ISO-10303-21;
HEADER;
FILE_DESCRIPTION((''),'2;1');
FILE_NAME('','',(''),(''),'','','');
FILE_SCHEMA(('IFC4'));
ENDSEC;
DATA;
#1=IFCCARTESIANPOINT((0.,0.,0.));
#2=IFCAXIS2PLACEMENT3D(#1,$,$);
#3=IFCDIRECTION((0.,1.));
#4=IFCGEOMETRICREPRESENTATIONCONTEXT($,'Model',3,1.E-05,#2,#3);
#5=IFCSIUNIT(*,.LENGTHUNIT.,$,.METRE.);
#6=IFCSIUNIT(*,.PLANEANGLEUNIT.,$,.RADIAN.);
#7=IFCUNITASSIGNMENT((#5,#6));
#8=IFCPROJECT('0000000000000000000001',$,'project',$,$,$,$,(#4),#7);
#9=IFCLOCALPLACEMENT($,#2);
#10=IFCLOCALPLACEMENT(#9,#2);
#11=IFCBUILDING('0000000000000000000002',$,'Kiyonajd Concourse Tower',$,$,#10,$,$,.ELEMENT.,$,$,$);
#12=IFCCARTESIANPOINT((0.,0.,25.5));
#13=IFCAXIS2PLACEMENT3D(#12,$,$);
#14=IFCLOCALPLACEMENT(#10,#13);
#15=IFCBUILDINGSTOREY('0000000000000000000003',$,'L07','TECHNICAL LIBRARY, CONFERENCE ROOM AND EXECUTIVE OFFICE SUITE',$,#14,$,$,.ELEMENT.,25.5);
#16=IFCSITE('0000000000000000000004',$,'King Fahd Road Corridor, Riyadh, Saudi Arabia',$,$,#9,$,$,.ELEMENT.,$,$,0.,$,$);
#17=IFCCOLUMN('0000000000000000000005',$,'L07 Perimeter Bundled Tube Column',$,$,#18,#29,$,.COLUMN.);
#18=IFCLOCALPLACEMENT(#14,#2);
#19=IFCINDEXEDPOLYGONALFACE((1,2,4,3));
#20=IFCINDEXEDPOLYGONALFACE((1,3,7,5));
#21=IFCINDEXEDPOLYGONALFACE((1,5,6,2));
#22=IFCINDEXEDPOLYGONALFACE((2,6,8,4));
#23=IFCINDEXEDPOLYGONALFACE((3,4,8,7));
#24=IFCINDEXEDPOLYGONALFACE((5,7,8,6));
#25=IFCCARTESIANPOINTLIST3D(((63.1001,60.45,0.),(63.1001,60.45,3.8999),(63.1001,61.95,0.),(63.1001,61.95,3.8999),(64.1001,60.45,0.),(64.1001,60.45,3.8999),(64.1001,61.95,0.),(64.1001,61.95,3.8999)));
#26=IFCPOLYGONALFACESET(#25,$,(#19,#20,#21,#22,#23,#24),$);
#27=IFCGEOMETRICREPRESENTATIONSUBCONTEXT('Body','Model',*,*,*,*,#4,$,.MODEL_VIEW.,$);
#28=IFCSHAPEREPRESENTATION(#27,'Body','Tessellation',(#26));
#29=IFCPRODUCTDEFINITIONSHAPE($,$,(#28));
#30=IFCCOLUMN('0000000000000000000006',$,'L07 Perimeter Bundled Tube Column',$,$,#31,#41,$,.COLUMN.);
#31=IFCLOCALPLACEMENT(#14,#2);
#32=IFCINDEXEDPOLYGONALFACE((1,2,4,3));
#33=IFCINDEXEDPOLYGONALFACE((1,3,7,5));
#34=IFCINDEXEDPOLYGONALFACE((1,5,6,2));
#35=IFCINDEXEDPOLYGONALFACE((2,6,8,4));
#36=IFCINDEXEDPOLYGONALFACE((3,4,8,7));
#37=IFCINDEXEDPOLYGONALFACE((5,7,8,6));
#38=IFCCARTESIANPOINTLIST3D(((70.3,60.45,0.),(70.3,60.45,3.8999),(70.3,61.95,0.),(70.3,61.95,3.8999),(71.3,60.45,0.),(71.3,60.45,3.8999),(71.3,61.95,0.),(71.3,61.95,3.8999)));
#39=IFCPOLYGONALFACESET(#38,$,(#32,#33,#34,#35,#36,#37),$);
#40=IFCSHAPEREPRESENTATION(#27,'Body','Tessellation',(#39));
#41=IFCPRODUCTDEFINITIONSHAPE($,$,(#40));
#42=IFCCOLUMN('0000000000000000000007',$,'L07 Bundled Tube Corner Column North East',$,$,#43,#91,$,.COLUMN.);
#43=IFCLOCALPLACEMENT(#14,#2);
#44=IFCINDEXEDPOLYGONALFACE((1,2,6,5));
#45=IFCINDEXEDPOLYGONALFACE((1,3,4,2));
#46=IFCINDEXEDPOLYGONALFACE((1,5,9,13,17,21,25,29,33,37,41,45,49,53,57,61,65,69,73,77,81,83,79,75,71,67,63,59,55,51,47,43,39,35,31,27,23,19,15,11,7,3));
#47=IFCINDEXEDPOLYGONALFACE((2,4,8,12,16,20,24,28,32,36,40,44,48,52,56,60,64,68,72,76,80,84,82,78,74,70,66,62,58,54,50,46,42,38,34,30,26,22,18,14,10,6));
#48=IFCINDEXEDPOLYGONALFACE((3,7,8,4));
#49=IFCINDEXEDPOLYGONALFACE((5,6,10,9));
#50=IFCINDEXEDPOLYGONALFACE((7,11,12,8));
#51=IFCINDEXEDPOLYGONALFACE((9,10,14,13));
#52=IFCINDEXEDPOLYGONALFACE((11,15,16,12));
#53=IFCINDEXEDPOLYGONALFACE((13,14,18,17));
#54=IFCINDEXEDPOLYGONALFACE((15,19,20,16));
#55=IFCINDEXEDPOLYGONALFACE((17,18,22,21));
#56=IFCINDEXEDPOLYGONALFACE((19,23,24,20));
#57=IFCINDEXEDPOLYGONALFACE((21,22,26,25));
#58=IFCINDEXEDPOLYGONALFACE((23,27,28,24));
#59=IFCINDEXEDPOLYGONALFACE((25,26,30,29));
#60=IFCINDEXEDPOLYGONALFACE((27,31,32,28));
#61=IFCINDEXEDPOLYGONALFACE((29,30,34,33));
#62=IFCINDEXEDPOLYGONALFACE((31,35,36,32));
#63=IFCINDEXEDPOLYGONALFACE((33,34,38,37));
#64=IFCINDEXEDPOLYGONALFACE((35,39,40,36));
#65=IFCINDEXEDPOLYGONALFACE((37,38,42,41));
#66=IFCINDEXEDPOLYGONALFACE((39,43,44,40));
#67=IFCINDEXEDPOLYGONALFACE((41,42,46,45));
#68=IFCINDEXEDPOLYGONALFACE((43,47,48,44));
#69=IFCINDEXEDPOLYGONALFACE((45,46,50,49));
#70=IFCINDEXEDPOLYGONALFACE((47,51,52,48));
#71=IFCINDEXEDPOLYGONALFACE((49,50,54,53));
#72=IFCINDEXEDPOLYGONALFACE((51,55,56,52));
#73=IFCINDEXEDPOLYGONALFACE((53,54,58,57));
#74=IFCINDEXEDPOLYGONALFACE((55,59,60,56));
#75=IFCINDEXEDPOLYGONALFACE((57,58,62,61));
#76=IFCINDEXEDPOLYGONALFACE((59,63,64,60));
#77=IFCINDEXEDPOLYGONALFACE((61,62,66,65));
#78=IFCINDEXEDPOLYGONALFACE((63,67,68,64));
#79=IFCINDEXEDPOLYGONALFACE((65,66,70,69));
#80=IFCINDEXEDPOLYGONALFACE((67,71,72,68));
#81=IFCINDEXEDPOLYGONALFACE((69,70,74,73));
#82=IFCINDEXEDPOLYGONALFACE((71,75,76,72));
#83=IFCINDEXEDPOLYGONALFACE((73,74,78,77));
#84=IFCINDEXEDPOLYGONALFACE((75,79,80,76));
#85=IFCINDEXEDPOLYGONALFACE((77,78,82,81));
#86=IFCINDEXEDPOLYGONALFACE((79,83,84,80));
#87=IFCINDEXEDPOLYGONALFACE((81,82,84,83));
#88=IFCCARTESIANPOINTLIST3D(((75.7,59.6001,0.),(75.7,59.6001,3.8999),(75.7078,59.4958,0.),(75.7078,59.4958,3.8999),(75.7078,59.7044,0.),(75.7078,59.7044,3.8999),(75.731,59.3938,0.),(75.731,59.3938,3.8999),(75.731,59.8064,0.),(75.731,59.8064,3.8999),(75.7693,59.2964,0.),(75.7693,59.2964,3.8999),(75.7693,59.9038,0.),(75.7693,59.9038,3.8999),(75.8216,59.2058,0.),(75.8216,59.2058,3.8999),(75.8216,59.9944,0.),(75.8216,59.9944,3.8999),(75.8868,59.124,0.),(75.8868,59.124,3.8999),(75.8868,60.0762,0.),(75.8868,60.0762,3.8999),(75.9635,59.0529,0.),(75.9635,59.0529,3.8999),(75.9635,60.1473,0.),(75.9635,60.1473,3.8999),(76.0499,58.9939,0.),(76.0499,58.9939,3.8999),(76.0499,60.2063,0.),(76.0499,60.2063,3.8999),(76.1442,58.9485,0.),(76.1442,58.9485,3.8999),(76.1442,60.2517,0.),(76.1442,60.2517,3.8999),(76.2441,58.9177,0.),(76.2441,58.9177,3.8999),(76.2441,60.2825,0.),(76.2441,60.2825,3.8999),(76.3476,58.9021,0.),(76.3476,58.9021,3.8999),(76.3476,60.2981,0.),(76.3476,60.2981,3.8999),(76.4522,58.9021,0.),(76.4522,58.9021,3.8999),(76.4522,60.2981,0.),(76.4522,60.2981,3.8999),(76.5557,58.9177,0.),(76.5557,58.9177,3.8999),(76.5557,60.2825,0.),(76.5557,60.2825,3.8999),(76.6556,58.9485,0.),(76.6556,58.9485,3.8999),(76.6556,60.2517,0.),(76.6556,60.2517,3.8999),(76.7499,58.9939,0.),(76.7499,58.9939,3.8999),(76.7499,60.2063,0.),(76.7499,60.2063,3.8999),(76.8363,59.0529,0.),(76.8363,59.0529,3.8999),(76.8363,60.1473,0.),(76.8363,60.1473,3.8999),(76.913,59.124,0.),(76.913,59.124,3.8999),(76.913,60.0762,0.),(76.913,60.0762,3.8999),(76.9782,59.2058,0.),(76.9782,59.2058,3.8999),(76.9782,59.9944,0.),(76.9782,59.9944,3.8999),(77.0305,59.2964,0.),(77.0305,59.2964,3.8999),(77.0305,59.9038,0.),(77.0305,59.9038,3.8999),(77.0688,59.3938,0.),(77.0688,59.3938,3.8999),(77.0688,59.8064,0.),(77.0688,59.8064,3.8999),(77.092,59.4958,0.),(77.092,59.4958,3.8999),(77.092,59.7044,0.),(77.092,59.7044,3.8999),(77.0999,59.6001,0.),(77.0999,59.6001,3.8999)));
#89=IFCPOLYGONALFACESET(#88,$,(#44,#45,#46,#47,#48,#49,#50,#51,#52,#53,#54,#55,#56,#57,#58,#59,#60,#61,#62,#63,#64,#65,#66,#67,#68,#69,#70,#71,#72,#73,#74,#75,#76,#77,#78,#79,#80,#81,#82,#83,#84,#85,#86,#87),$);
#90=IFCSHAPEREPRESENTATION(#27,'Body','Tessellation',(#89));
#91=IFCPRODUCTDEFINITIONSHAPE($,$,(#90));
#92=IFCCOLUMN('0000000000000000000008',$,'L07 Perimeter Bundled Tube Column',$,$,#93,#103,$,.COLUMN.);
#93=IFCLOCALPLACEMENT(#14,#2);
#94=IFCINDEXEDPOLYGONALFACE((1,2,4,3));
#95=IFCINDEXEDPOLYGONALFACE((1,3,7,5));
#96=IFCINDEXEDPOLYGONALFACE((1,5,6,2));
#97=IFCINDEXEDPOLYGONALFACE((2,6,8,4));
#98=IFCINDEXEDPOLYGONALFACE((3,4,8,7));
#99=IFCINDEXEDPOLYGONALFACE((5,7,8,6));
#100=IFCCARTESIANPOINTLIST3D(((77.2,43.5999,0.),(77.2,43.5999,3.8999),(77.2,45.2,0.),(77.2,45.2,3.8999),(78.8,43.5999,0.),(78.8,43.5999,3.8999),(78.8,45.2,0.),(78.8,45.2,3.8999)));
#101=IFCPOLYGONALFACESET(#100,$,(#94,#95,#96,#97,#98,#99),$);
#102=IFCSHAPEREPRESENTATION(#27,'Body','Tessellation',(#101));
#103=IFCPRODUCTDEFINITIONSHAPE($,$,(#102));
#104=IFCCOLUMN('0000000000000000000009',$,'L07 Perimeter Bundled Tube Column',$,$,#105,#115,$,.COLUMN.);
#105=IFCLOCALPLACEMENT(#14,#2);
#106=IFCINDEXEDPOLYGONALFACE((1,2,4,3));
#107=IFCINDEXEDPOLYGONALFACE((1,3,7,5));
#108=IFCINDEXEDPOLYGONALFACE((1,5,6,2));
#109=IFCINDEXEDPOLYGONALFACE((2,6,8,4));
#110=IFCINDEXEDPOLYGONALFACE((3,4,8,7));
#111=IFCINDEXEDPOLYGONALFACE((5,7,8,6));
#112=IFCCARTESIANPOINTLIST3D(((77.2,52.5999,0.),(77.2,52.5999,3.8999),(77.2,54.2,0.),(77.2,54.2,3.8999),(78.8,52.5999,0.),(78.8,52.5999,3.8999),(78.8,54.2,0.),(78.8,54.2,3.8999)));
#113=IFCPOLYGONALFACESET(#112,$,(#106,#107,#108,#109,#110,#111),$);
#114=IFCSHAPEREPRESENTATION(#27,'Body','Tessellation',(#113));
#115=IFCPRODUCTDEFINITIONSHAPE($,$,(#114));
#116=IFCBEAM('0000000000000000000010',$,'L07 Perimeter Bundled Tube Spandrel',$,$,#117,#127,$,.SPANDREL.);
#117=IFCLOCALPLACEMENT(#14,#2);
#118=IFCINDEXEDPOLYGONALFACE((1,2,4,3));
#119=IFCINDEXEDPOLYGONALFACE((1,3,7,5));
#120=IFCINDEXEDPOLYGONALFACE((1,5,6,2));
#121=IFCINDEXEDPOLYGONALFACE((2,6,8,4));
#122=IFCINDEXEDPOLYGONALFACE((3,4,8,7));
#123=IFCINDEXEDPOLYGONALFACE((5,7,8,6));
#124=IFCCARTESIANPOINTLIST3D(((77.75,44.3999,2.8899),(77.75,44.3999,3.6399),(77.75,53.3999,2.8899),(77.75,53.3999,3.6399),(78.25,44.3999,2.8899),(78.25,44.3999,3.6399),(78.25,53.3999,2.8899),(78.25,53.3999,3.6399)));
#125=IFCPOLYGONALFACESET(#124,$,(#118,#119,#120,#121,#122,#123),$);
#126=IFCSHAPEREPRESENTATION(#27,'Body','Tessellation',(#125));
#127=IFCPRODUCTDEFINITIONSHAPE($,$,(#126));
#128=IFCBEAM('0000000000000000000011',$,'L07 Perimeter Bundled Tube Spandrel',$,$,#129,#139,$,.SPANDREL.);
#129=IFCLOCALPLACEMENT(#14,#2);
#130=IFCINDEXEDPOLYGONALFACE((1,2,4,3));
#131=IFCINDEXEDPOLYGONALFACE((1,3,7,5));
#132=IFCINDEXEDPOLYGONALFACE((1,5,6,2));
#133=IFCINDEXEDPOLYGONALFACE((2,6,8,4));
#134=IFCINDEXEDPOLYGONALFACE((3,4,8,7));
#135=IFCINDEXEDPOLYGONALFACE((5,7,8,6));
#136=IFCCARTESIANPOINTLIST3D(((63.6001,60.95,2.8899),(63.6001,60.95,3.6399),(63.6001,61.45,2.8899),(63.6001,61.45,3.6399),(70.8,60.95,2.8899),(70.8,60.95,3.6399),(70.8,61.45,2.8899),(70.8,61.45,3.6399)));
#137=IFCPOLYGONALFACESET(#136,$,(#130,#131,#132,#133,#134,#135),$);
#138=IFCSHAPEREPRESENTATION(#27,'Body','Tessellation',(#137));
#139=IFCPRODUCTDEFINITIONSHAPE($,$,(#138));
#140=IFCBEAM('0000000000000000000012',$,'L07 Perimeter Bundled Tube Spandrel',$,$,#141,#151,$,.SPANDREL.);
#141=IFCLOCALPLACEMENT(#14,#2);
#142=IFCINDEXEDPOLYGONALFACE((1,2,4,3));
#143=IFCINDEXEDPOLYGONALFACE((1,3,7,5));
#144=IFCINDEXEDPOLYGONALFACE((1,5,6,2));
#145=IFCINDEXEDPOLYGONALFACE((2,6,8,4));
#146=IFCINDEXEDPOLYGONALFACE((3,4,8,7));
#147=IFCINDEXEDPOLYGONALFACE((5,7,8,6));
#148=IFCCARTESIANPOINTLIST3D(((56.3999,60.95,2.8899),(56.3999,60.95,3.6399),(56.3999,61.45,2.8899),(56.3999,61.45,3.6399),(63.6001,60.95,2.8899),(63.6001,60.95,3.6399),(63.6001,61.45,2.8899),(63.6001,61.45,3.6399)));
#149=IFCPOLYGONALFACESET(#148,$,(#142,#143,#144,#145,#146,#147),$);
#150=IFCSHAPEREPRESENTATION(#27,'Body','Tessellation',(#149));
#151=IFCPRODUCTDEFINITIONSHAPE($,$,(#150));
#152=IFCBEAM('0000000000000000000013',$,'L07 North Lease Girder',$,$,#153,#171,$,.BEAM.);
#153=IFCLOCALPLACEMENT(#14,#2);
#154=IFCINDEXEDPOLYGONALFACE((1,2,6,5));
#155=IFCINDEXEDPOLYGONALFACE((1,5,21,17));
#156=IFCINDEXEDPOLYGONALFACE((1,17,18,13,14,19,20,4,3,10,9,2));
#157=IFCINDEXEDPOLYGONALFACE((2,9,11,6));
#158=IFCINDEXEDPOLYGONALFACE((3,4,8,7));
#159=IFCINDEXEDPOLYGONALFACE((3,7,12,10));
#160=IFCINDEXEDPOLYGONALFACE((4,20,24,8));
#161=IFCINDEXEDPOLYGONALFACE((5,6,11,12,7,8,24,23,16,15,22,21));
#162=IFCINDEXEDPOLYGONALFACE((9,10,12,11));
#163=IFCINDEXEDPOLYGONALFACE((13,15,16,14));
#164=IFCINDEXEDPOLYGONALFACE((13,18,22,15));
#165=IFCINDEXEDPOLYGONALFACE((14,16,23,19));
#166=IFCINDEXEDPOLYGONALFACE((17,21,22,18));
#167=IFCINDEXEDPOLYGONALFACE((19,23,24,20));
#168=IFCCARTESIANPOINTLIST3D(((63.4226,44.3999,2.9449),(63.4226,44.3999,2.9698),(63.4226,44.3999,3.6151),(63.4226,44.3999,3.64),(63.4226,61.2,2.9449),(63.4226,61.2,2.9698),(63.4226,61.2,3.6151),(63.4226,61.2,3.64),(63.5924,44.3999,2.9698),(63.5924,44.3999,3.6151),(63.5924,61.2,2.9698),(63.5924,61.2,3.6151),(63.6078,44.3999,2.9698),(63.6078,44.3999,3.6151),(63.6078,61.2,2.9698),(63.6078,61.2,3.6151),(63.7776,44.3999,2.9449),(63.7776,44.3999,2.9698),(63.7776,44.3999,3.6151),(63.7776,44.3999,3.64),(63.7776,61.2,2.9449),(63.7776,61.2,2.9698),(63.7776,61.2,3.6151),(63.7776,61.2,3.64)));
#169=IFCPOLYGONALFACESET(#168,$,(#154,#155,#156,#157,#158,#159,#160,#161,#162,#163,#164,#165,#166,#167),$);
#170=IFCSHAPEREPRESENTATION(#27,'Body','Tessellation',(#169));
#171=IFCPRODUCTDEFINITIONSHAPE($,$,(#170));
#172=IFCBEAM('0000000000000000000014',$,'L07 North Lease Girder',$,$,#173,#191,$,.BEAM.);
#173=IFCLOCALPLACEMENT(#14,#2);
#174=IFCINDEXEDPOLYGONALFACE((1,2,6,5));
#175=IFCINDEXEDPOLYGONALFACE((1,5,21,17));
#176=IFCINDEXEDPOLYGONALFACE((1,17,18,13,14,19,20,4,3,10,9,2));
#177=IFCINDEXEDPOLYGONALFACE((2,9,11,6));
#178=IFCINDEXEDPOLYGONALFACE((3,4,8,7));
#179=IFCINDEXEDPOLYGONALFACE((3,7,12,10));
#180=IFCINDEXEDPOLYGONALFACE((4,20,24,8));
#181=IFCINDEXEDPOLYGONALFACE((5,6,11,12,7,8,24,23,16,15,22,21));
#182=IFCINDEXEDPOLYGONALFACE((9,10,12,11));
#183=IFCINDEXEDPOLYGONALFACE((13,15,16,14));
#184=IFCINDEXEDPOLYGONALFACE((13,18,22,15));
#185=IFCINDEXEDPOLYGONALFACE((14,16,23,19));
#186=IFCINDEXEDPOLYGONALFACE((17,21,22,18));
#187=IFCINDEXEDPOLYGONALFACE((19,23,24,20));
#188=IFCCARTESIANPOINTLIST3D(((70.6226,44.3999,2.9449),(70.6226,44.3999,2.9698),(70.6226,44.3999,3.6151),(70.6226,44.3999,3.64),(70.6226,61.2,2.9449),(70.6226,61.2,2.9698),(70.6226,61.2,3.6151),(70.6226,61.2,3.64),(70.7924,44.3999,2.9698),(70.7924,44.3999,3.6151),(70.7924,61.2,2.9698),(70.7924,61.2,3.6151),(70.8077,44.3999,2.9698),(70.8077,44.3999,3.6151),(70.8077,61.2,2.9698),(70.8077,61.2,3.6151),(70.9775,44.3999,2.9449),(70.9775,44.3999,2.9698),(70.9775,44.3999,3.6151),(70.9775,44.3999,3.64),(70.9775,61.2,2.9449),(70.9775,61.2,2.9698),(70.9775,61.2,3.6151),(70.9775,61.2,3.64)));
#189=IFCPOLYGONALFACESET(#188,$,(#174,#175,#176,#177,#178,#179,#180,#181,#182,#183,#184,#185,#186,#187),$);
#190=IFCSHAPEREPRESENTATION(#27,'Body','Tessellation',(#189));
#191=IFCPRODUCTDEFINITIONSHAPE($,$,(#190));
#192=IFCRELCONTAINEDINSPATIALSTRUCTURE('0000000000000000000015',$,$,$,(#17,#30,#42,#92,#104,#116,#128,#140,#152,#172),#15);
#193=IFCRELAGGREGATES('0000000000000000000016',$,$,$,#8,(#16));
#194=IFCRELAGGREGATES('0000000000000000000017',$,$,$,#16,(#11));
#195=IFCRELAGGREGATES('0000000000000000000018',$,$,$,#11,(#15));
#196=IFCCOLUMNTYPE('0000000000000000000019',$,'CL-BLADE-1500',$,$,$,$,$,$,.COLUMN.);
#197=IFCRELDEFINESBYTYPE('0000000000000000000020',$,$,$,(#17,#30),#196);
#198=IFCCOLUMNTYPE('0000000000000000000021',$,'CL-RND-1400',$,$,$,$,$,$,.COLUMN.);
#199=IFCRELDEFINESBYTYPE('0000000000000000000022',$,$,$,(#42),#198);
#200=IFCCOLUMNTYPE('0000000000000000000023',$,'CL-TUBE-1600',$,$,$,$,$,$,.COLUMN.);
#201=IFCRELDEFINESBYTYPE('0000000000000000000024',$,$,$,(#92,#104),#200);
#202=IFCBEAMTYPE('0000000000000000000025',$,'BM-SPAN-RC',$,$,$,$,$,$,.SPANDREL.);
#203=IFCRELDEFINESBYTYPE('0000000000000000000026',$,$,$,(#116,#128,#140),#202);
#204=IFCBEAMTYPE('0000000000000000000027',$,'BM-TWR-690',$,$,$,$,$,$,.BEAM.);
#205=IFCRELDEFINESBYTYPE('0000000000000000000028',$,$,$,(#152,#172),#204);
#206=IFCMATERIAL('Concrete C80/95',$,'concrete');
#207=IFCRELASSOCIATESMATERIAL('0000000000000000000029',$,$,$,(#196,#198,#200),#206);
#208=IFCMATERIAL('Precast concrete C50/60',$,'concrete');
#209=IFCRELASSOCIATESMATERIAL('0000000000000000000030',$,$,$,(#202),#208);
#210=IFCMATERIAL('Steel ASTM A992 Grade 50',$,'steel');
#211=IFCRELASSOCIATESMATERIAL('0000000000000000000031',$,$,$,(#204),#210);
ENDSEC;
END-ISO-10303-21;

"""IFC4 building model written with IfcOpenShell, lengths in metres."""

from ifc_helpers import new_model, si_unit, direction, frame, origin, origin_2d, place, context, subcontext, project, spatial, rectangle, circle, i_section, extrude, material, material_profile, profile_set, type_object, element, save


model = new_model("IFC4")

# Units and contexts
model_context = context("Model", 3, precision=1e-05, world=origin(), true_north=direction((0.0, 1.0)))
body_context = subcontext(model_context, "Body", "Model", "MODEL_VIEW")
ifc_project = project(units=[si_unit("LENGTHUNIT", "METRE"), si_unit("PLANEANGLEUNIT", "RADIAN")], contexts=[model_context])

# Site, building, storey
site_placement = place(None, origin())
site = spatial("IfcSite", under=ifc_project, at=site_placement, Name="King Fahd Road Corridor, Riyadh, Saudi Arabia", CompositionType="ELEMENT", RefElevation=0.0)
building_placement = place(site_placement, origin())
building = spatial("IfcBuilding", under=site, at=building_placement, Name="Kiyonajd Concourse Tower", CompositionType="ELEMENT")
storey_placement = place(building_placement, frame((0.0, 0.0, 25.5)))
storey = spatial("IfcBuildingStorey", under=building, at=storey_placement, Name="L07", Description="TECHNICAL LIBRARY, CONFERENCE ROOM AND EXECUTIVE OFFICE SUITE", CompositionType="ELEMENT", Elevation=25.5)

# Columns
ifc_material_1 = material(Name="Concrete C80/95", Category="concrete")
ifc_material_profile_1 = material_profile(ifc_material_1, rectangle(XDim=1.0, YDim=1.5, at=origin_2d()), Name="RC-1500x1000")
ifc_profile_set_1 = profile_set([ifc_material_profile_1], Name="Concrete C80/95")
column_type_1 = type_object("IfcColumnType", Name="CL-BLADE-1500", PredefinedType="COLUMN", material=ifc_profile_set_1)
for number, where, z_axis, x_axis, name in (
    (1, (63.6001, 61.2, 0.0), (0.0, 0.0, 1.0), (1.0, 0.0, 0.0), "L07 Perimeter Bundled Tube Column"),
    (2, (70.8, 61.2, 0.0), (0.0, 0.0, 1.0), (1.0, 0.0, 0.0), "L07 Perimeter Bundled Tube Column"),
):
    element("IfcColumn", number, at=place(storey_placement, frame(where, z_axis=z_axis, x_axis=x_axis)), inside=storey, type_object=column_type_1, Name=name, PredefinedType="COLUMN", context=body_context, shape_type="SweptSolid", body=[
        extrude(rectangle(XDim=1.0, YDim=1.5, at=origin_2d()), origin(), (0.0, 0.0, 1.0), 3.8999),
    ])
ifc_material_profile_2 = material_profile(ifc_material_1, circle(Radius=0.7, at=origin_2d()), Name="RCC-D1400")
ifc_profile_set_2 = profile_set([ifc_material_profile_2], Name="Concrete C80/95")
column_type_2 = type_object("IfcColumnType", Name="CL-RND-1400", PredefinedType="COLUMN", material=ifc_profile_set_2)
column_placement = place(storey_placement, frame((76.3999, 59.6001, 0.0), z_axis=(0.0, 0.0, 1.0), x_axis=(1.0, 0.0, 0.0)))
element("IfcColumn", 3, at=column_placement, inside=storey, type_object=column_type_2, Name="L07 Bundled Tube Corner Column North East", PredefinedType="COLUMN", context=body_context, shape_type="SweptSolid", body=[
    extrude(circle(Radius=0.7, at=origin_2d()), origin(), (0.0, 0.0, 1.0), 3.8999),
])
ifc_material_profile_3 = material_profile(ifc_material_1, rectangle(XDim=1.6001, YDim=1.6001, at=origin_2d()), Name="RC-1600x1600")
ifc_profile_set_3 = profile_set([ifc_material_profile_3], Name="Concrete C80/95")
column_type_3 = type_object("IfcColumnType", Name="CL-TUBE-1600", PredefinedType="COLUMN", material=ifc_profile_set_3)
for number, where, z_axis, x_axis, name in (
    (4, (78.0, 44.3999, 0.0), (0.0, 0.0, 1.0), (1.0, 0.0, 0.0), "L07 Perimeter Bundled Tube Column"),
    (5, (78.0, 53.3999, 0.0), (0.0, 0.0, 1.0), (1.0, 0.0, 0.0), "L07 Perimeter Bundled Tube Column"),
):
    element("IfcColumn", number, at=place(storey_placement, frame(where, z_axis=z_axis, x_axis=x_axis)), inside=storey, type_object=column_type_3, Name=name, PredefinedType="COLUMN", context=body_context, shape_type="SweptSolid", body=[
        extrude(rectangle(XDim=1.6001, YDim=1.6001, at=origin_2d()), origin(), (0.0, 0.0, 1.0), 3.8999),
    ])

# Beams
ifc_material_2 = material(Name="Precast concrete C50/60", Category="concrete")
ifc_material_profile_4 = material_profile(ifc_material_2, rectangle(XDim=0.5, YDim=0.75, at=origin_2d()), Name="RCBM-500x750")
ifc_profile_set_4 = profile_set([ifc_material_profile_4], Name="Precast concrete C50/60")
beam_type_1 = type_object("IfcBeamType", Name="BM-SPAN-RC", PredefinedType="SPANDREL", material=ifc_profile_set_4)
beam_1_placement = place(storey_placement, frame((78.0, 44.3999, 3.2649), z_axis=(0.0, 1.0, 0.0), x_axis=(-1.0, 0.0, 0.0)))
element("IfcBeam", 6, at=beam_1_placement, inside=storey, type_object=beam_type_1, Name="L07 Perimeter Bundled Tube Spandrel", PredefinedType="SPANDREL", context=body_context, shape_type="SweptSolid", body=[
    extrude(rectangle(XDim=0.5, YDim=0.75, at=origin_2d()), origin(), (0.0, 0.0, 1.0), 9.0),
])
beam_2_placement = place(storey_placement, frame((70.8, 61.2, 3.2649), z_axis=(-1.0, 0.0, 0.0), x_axis=(0.0, -1.0, 0.0)))
element("IfcBeam", 7, at=beam_2_placement, inside=storey, type_object=beam_type_1, Name="L07 Perimeter Bundled Tube Spandrel", PredefinedType="SPANDREL", context=body_context, shape_type="SweptSolid", body=[
    extrude(rectangle(XDim=0.5, YDim=0.75, at=origin_2d()), origin(), (0.0, 0.0, 1.0), 7.2),
])
beam_3_placement = place(storey_placement, frame((63.6001, 61.2, 3.2649), z_axis=(-1.0, 0.0, 0.0), x_axis=(0.0, -1.0, 0.0)))
element("IfcBeam", 8, at=beam_3_placement, inside=storey, type_object=beam_type_1, Name="L07 Perimeter Bundled Tube Spandrel", PredefinedType="SPANDREL", context=body_context, shape_type="SweptSolid", body=[
    extrude(rectangle(XDim=0.5, YDim=0.75, at=origin_2d()), origin(), (0.0, 0.0, 1.0), 7.2002),
])
ifc_material_3 = material(Name="Steel ASTM A992 Grade 50", Category="steel")
ifc_material_profile_5 = material_profile(ifc_material_3, i_section(OverallWidth=0.355, OverallDepth=0.6951, WebThickness=0.0154, FlangeThickness=0.0249, at=origin_2d()), Name="W690X217")
ifc_profile_set_5 = profile_set([ifc_material_profile_5], Name="Steel ASTM A992 Grade 50")
beam_type_2 = type_object("IfcBeamType", Name="BM-TWR-690", PredefinedType="BEAM", material=ifc_profile_set_5)
for number, where, z_axis, x_axis, name in (
    (9, (63.6001, 44.3999, 3.2925), (0.0, 1.0, 0.0), (-1.0, 0.0, 0.0), "L07 North Lease Girder"),
    (10, (70.8, 44.3999, 3.2925), (0.0, 1.0, 0.0), (-1.0, 0.0, 0.0), "L07 North Lease Girder"),
):
    element("IfcBeam", number, at=place(storey_placement, frame(where, z_axis=z_axis, x_axis=x_axis)), inside=storey, type_object=beam_type_2, Name=name, PredefinedType="BEAM", context=body_context, shape_type="SweptSolid", body=[
        extrude(i_section(OverallWidth=0.355, OverallDepth=0.6951, WebThickness=0.0154, FlangeThickness=0.0249, at=origin_2d()), origin(), (0.0, 0.0, 1.0), 16.8),
    ])

save(model, "model.ifc")
